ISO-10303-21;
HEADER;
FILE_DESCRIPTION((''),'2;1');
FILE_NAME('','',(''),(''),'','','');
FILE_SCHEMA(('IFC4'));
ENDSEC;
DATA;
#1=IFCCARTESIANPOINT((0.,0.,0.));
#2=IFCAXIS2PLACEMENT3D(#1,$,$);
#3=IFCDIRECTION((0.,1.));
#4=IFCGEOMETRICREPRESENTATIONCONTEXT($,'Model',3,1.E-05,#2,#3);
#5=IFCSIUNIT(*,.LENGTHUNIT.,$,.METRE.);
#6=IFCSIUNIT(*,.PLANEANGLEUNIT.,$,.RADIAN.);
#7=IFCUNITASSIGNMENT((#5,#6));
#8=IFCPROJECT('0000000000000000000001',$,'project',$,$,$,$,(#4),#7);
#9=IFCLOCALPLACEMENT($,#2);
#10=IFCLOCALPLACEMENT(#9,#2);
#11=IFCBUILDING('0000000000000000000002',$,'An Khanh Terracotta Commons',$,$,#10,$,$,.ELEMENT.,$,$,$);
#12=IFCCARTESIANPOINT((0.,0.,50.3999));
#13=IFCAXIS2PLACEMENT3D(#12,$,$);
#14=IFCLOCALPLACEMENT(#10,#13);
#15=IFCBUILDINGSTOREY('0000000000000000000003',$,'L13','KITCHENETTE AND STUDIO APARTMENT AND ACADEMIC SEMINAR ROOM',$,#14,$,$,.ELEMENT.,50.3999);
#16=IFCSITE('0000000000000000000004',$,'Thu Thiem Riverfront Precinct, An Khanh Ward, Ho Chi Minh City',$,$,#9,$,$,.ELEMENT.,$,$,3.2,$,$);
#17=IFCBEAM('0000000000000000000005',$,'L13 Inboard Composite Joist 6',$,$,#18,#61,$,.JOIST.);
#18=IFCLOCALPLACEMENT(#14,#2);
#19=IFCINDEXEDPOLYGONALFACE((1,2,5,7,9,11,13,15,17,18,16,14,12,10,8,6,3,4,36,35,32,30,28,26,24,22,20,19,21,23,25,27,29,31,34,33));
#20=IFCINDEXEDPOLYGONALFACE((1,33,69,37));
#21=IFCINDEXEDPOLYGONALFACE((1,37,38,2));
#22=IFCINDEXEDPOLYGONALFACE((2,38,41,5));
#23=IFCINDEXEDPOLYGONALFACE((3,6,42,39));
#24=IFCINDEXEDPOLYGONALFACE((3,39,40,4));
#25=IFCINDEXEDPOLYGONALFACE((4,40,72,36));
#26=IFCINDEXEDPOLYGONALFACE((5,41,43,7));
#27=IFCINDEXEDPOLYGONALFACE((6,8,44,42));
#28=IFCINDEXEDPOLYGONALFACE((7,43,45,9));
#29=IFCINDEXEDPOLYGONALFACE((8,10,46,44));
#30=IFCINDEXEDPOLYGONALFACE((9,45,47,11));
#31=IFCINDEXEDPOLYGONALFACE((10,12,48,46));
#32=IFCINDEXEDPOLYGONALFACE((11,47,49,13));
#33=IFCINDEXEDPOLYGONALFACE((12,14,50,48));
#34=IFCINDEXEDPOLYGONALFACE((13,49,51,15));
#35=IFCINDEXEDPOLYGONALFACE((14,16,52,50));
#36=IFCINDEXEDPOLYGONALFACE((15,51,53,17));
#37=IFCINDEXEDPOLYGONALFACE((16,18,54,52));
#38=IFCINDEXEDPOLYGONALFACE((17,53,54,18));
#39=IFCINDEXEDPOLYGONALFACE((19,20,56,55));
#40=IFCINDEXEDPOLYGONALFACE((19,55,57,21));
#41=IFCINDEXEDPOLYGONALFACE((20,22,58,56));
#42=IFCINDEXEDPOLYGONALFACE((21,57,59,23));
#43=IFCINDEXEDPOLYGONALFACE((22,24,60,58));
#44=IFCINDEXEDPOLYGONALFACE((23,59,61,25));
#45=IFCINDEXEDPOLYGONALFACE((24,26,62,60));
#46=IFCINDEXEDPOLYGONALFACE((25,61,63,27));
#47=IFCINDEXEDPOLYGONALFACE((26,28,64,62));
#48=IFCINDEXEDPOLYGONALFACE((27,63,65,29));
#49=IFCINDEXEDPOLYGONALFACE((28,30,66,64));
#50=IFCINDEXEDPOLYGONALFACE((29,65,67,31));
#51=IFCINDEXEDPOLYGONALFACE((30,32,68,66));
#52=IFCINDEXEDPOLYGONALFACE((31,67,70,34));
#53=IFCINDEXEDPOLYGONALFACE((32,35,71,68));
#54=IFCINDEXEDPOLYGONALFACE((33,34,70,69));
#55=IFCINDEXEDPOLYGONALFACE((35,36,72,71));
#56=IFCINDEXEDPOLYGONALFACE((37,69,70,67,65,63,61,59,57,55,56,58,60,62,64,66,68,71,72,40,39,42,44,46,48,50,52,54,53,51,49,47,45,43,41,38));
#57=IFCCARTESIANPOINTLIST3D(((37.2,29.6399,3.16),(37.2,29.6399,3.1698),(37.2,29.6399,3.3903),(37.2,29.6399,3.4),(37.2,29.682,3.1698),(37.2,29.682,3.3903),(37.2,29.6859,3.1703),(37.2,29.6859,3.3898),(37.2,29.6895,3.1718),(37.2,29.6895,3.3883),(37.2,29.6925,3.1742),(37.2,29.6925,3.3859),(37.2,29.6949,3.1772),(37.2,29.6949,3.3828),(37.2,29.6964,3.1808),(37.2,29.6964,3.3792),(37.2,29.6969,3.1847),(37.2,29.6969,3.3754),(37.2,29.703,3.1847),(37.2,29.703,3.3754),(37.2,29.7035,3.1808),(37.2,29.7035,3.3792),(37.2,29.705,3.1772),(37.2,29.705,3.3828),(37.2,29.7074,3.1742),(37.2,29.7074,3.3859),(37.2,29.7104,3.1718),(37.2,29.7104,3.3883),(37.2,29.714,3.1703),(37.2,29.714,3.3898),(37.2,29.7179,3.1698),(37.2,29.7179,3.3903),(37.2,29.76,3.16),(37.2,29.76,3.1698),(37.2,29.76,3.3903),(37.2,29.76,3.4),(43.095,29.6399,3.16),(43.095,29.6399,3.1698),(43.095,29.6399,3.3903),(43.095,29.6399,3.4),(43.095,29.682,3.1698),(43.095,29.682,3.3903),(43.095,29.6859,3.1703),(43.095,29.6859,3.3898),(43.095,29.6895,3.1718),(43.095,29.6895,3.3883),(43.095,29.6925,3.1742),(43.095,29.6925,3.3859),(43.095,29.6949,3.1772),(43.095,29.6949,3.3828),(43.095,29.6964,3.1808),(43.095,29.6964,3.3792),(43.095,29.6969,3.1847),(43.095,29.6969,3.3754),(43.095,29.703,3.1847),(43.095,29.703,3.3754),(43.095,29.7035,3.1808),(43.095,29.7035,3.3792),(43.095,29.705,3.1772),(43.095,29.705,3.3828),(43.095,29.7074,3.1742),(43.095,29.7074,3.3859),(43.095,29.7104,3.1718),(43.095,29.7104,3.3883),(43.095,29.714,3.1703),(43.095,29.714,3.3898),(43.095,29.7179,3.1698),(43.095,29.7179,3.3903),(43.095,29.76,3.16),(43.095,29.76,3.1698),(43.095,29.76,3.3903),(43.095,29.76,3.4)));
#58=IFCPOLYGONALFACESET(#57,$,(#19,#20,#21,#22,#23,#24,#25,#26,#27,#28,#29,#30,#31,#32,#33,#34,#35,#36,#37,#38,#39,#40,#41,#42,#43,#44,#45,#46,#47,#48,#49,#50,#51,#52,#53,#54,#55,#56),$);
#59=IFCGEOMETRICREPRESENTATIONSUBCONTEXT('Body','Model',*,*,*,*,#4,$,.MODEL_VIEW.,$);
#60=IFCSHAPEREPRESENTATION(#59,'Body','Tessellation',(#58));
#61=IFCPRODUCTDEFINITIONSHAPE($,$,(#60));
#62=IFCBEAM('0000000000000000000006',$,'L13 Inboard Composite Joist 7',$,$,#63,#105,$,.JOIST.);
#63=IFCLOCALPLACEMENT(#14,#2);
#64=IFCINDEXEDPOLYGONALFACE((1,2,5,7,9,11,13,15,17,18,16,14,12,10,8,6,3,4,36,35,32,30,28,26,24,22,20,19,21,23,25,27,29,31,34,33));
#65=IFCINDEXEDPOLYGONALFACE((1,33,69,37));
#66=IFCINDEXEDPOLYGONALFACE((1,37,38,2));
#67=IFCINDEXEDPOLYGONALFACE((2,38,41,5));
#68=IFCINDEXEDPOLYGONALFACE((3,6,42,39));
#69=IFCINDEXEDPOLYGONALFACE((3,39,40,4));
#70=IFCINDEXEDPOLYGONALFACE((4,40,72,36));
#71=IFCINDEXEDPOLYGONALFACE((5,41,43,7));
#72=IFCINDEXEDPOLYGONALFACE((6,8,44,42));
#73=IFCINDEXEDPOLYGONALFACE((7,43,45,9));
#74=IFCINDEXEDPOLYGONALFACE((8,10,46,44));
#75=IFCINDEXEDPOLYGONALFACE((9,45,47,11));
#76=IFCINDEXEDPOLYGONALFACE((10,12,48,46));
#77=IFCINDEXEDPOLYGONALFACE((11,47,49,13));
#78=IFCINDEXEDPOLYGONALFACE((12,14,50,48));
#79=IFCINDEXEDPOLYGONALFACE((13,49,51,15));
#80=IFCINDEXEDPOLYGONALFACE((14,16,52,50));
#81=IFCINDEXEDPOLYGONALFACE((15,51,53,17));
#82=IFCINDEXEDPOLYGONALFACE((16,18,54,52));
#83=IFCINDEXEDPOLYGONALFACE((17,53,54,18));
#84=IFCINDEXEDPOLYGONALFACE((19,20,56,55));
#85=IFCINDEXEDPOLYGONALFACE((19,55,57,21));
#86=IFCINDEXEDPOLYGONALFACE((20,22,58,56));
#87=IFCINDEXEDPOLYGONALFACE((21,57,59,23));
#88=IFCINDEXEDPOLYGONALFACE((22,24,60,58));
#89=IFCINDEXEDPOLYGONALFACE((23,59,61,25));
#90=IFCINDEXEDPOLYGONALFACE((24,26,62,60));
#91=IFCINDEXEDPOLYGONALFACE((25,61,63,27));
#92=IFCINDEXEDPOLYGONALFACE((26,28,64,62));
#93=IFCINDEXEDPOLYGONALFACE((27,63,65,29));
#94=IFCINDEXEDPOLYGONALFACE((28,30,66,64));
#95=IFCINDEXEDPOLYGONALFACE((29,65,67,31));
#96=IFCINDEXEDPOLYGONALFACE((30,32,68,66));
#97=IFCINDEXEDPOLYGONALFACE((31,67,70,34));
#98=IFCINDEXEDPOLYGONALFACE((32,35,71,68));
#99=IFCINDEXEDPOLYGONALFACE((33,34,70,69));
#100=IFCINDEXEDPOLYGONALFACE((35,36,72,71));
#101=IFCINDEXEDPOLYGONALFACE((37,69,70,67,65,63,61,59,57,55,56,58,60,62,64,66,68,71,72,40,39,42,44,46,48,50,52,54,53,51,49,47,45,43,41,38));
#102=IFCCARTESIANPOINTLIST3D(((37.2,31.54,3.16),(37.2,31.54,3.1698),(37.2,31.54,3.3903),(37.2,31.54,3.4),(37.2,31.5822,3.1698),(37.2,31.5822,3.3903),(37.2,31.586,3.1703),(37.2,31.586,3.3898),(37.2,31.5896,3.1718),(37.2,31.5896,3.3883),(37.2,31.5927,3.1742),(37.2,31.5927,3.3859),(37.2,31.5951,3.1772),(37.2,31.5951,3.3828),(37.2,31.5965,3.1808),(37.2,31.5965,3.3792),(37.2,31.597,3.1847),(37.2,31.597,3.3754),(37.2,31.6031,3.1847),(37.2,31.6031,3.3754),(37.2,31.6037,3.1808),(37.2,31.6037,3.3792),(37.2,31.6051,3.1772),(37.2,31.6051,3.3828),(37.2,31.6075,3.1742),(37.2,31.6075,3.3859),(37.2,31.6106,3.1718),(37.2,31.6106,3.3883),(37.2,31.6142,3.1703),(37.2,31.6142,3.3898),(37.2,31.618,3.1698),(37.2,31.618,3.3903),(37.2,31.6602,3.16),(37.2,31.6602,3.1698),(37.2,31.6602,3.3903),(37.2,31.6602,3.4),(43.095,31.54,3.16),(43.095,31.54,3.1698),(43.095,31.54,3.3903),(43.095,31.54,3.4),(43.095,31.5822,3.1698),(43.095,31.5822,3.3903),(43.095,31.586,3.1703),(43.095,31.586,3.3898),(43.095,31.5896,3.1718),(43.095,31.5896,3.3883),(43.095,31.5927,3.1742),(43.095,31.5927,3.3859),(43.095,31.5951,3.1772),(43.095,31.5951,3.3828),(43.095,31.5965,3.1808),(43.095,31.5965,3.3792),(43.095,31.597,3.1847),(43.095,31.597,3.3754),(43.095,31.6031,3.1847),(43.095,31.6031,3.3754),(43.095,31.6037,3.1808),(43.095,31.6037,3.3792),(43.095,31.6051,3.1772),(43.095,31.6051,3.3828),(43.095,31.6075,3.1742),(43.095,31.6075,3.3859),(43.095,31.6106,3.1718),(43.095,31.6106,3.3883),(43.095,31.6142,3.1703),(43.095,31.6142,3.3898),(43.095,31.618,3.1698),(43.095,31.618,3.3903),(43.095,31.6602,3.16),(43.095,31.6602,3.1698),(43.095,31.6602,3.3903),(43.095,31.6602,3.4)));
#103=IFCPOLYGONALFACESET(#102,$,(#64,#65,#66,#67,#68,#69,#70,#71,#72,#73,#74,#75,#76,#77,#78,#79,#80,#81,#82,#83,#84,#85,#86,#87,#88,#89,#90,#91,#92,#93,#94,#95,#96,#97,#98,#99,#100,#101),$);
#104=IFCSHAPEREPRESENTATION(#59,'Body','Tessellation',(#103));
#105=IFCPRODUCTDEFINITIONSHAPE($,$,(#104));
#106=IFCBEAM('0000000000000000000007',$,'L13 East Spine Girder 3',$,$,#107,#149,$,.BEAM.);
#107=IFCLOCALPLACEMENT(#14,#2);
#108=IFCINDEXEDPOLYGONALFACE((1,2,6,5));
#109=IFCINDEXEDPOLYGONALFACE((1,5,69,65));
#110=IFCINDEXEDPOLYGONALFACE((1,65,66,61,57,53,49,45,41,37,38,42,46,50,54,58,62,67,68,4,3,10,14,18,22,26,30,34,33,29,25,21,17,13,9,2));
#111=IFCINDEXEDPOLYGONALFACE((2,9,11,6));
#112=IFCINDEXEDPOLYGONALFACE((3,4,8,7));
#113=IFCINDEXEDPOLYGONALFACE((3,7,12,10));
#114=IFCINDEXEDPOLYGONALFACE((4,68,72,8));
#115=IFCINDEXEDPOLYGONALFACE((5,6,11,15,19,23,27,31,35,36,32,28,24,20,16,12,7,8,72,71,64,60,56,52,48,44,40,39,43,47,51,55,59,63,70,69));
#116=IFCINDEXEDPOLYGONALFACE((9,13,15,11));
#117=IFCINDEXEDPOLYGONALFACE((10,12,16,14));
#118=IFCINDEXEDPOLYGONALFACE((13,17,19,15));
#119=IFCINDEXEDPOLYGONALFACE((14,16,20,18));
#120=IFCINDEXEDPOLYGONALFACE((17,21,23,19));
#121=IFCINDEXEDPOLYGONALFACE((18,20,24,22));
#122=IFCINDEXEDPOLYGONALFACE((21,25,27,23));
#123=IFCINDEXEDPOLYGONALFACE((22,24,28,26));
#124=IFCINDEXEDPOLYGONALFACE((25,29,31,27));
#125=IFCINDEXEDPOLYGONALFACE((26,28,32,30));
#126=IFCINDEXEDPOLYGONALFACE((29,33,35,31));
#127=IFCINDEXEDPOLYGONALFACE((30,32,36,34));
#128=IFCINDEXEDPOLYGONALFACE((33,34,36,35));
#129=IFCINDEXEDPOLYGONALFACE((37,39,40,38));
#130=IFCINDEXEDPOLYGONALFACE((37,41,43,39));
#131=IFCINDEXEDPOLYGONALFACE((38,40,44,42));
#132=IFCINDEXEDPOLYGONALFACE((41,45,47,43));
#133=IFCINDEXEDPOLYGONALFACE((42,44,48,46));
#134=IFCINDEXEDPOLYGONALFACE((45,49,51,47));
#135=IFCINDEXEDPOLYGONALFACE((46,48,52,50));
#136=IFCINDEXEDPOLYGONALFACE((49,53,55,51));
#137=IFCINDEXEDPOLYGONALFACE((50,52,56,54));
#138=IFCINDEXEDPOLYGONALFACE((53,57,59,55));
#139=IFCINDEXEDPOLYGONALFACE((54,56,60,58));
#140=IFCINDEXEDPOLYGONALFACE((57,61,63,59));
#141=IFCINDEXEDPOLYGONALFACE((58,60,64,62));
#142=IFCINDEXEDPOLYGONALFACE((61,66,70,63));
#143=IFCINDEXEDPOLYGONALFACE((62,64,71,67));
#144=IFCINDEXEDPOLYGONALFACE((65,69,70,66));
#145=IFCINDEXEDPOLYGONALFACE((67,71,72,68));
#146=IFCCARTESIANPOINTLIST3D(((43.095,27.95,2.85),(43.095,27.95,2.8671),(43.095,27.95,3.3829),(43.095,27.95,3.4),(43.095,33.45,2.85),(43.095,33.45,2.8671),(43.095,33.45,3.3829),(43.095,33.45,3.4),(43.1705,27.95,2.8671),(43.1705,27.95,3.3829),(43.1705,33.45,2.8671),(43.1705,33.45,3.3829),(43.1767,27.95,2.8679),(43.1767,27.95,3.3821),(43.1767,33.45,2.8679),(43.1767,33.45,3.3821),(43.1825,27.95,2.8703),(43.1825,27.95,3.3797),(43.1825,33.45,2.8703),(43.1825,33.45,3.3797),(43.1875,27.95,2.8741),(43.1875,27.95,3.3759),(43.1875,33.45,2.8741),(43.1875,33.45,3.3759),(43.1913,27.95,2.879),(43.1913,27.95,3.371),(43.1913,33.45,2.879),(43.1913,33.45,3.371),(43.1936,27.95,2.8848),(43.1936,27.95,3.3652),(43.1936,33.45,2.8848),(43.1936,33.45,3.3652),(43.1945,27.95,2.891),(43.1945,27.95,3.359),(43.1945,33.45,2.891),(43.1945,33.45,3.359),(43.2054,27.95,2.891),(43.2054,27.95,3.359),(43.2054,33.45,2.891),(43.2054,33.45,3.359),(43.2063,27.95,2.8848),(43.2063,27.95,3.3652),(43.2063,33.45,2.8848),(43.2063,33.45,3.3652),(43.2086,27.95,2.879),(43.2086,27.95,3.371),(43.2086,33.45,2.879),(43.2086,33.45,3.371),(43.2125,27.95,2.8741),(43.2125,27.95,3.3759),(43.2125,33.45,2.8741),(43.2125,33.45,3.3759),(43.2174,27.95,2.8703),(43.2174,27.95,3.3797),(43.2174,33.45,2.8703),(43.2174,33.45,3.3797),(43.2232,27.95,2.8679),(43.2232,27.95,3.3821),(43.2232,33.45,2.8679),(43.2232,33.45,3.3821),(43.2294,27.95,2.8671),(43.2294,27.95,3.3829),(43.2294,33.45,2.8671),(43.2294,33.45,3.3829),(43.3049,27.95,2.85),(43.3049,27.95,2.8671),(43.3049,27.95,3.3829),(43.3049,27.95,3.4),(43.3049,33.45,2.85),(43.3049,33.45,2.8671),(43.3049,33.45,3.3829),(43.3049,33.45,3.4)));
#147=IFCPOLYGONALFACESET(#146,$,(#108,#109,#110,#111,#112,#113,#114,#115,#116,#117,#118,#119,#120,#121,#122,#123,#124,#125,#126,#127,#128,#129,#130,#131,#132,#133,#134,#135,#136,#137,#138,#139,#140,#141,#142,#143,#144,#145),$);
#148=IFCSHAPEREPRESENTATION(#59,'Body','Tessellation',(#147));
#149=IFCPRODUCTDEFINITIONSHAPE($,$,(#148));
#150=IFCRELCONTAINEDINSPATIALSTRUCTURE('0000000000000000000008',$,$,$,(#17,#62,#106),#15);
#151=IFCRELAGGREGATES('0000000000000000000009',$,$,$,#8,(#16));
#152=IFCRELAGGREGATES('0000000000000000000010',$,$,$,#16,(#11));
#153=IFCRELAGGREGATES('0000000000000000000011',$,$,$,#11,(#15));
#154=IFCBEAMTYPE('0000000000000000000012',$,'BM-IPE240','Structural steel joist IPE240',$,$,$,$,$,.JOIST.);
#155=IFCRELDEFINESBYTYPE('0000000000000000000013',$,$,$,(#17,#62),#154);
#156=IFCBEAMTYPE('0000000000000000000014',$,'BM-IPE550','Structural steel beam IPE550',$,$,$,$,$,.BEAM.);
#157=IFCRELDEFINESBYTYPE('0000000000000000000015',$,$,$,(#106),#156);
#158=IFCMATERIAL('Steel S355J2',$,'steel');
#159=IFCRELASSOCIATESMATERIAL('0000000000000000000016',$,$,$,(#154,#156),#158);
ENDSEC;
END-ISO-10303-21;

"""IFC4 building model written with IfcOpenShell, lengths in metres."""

from ifc_helpers import new_model, si_unit, direction, frame, origin, origin_2d, place, context, subcontext, project, spatial, i_section, extrude, material, material_profile, profile_set, type_object, element, save


model = new_model("IFC4")

# Units and contexts
model_context = context("Model", 3, precision=1e-05, world=origin(), true_north=direction((0.0, 1.0)))
body_context = subcontext(model_context, "Body", "Model", "MODEL_VIEW")
ifc_project = project(units=[si_unit("LENGTHUNIT", "METRE"), si_unit("PLANEANGLEUNIT", "RADIAN")], contexts=[model_context])

# Site, building, storey
site_placement = place(None, origin())
site = spatial("IfcSite", under=ifc_project, at=site_placement, Name="Thu Thiem Riverfront Precinct, An Khanh Ward, Ho Chi Minh City", CompositionType="ELEMENT", RefElevation=3.2)
building_placement = place(site_placement, origin())
building = spatial("IfcBuilding", under=site, at=building_placement, Name="An Khanh Terracotta Commons", CompositionType="ELEMENT")
storey_placement = place(building_placement, frame((0.0, 0.0, 50.3999)))
storey = spatial("IfcBuildingStorey", under=building, at=storey_placement, Name="L13", Description="KITCHENETTE AND STUDIO APARTMENT AND ACADEMIC SEMINAR ROOM", CompositionType="ELEMENT", Elevation=50.3999)

# Beams
ifc_material_1 = material(Name="Steel S355J2", Category="steel")
ifc_material_profile_1 = material_profile(ifc_material_1, i_section(OverallWidth=0.1201, OverallDepth=0.24, WebThickness=0.0061, FlangeThickness=0.0098, FilletRadius=0.0149, at=origin_2d()), Name="IPE240")
ifc_profile_set_1 = profile_set([ifc_material_profile_1], Name="Steel S355J2")
beam_type_1 = type_object("IfcBeamType", Name="BM-IPE240", Description="Structural steel joist IPE240", PredefinedType="JOIST", material=ifc_profile_set_1)
for number, where, z_axis, x_axis, name in (
    (1, (37.2, 29.7, 3.28), (1.0, 0.0, 0.0), (0.0, 1.0, 0.0), "L13 Inboard Composite Joist 6"),
    (2, (37.2, 31.6001, 3.28), (1.0, 0.0, 0.0), (0.0, 1.0, 0.0), "L13 Inboard Composite Joist 7"),
):
    element("IfcBeam", number, at=place(storey_placement, frame(where, z_axis=z_axis, x_axis=x_axis)), inside=storey, type_object=beam_type_1, Name=name, PredefinedType="JOIST", context=body_context, shape_type="SweptSolid", body=[
        extrude(i_section(OverallWidth=0.1201, OverallDepth=0.24, WebThickness=0.0061, FlangeThickness=0.0098, FilletRadius=0.0149, at=origin_2d()), origin(), (0.0, 0.0, 1.0), 5.895),
    ])
ifc_material_profile_2 = material_profile(ifc_material_1, i_section(OverallWidth=0.21, OverallDepth=0.55, WebThickness=0.011, FlangeThickness=0.0171, FilletRadius=0.0239, at=origin_2d()), Name="IPE550")
ifc_profile_set_2 = profile_set([ifc_material_profile_2], Name="Steel S355J2")
beam_type_2 = type_object("IfcBeamType", Name="BM-IPE550", Description="Structural steel beam IPE550", PredefinedType="BEAM", material=ifc_profile_set_2)
beam_1_placement = place(storey_placement, frame((43.2, 27.95, 3.125), z_axis=(0.0, 1.0, 0.0), x_axis=(-1.0, 0.0, 0.0)))
element("IfcBeam", 3, at=beam_1_placement, inside=storey, type_object=beam_type_2, Name="L13 East Spine Girder 3", PredefinedType="BEAM", context=body_context, shape_type="SweptSolid", body=[
    extrude(i_section(OverallWidth=0.21, OverallDepth=0.55, WebThickness=0.011, FlangeThickness=0.0171, FilletRadius=0.0239, at=origin_2d()), origin(), (0.0, 0.0, 1.0), 5.5),
])

save(model, "model.ifc")
